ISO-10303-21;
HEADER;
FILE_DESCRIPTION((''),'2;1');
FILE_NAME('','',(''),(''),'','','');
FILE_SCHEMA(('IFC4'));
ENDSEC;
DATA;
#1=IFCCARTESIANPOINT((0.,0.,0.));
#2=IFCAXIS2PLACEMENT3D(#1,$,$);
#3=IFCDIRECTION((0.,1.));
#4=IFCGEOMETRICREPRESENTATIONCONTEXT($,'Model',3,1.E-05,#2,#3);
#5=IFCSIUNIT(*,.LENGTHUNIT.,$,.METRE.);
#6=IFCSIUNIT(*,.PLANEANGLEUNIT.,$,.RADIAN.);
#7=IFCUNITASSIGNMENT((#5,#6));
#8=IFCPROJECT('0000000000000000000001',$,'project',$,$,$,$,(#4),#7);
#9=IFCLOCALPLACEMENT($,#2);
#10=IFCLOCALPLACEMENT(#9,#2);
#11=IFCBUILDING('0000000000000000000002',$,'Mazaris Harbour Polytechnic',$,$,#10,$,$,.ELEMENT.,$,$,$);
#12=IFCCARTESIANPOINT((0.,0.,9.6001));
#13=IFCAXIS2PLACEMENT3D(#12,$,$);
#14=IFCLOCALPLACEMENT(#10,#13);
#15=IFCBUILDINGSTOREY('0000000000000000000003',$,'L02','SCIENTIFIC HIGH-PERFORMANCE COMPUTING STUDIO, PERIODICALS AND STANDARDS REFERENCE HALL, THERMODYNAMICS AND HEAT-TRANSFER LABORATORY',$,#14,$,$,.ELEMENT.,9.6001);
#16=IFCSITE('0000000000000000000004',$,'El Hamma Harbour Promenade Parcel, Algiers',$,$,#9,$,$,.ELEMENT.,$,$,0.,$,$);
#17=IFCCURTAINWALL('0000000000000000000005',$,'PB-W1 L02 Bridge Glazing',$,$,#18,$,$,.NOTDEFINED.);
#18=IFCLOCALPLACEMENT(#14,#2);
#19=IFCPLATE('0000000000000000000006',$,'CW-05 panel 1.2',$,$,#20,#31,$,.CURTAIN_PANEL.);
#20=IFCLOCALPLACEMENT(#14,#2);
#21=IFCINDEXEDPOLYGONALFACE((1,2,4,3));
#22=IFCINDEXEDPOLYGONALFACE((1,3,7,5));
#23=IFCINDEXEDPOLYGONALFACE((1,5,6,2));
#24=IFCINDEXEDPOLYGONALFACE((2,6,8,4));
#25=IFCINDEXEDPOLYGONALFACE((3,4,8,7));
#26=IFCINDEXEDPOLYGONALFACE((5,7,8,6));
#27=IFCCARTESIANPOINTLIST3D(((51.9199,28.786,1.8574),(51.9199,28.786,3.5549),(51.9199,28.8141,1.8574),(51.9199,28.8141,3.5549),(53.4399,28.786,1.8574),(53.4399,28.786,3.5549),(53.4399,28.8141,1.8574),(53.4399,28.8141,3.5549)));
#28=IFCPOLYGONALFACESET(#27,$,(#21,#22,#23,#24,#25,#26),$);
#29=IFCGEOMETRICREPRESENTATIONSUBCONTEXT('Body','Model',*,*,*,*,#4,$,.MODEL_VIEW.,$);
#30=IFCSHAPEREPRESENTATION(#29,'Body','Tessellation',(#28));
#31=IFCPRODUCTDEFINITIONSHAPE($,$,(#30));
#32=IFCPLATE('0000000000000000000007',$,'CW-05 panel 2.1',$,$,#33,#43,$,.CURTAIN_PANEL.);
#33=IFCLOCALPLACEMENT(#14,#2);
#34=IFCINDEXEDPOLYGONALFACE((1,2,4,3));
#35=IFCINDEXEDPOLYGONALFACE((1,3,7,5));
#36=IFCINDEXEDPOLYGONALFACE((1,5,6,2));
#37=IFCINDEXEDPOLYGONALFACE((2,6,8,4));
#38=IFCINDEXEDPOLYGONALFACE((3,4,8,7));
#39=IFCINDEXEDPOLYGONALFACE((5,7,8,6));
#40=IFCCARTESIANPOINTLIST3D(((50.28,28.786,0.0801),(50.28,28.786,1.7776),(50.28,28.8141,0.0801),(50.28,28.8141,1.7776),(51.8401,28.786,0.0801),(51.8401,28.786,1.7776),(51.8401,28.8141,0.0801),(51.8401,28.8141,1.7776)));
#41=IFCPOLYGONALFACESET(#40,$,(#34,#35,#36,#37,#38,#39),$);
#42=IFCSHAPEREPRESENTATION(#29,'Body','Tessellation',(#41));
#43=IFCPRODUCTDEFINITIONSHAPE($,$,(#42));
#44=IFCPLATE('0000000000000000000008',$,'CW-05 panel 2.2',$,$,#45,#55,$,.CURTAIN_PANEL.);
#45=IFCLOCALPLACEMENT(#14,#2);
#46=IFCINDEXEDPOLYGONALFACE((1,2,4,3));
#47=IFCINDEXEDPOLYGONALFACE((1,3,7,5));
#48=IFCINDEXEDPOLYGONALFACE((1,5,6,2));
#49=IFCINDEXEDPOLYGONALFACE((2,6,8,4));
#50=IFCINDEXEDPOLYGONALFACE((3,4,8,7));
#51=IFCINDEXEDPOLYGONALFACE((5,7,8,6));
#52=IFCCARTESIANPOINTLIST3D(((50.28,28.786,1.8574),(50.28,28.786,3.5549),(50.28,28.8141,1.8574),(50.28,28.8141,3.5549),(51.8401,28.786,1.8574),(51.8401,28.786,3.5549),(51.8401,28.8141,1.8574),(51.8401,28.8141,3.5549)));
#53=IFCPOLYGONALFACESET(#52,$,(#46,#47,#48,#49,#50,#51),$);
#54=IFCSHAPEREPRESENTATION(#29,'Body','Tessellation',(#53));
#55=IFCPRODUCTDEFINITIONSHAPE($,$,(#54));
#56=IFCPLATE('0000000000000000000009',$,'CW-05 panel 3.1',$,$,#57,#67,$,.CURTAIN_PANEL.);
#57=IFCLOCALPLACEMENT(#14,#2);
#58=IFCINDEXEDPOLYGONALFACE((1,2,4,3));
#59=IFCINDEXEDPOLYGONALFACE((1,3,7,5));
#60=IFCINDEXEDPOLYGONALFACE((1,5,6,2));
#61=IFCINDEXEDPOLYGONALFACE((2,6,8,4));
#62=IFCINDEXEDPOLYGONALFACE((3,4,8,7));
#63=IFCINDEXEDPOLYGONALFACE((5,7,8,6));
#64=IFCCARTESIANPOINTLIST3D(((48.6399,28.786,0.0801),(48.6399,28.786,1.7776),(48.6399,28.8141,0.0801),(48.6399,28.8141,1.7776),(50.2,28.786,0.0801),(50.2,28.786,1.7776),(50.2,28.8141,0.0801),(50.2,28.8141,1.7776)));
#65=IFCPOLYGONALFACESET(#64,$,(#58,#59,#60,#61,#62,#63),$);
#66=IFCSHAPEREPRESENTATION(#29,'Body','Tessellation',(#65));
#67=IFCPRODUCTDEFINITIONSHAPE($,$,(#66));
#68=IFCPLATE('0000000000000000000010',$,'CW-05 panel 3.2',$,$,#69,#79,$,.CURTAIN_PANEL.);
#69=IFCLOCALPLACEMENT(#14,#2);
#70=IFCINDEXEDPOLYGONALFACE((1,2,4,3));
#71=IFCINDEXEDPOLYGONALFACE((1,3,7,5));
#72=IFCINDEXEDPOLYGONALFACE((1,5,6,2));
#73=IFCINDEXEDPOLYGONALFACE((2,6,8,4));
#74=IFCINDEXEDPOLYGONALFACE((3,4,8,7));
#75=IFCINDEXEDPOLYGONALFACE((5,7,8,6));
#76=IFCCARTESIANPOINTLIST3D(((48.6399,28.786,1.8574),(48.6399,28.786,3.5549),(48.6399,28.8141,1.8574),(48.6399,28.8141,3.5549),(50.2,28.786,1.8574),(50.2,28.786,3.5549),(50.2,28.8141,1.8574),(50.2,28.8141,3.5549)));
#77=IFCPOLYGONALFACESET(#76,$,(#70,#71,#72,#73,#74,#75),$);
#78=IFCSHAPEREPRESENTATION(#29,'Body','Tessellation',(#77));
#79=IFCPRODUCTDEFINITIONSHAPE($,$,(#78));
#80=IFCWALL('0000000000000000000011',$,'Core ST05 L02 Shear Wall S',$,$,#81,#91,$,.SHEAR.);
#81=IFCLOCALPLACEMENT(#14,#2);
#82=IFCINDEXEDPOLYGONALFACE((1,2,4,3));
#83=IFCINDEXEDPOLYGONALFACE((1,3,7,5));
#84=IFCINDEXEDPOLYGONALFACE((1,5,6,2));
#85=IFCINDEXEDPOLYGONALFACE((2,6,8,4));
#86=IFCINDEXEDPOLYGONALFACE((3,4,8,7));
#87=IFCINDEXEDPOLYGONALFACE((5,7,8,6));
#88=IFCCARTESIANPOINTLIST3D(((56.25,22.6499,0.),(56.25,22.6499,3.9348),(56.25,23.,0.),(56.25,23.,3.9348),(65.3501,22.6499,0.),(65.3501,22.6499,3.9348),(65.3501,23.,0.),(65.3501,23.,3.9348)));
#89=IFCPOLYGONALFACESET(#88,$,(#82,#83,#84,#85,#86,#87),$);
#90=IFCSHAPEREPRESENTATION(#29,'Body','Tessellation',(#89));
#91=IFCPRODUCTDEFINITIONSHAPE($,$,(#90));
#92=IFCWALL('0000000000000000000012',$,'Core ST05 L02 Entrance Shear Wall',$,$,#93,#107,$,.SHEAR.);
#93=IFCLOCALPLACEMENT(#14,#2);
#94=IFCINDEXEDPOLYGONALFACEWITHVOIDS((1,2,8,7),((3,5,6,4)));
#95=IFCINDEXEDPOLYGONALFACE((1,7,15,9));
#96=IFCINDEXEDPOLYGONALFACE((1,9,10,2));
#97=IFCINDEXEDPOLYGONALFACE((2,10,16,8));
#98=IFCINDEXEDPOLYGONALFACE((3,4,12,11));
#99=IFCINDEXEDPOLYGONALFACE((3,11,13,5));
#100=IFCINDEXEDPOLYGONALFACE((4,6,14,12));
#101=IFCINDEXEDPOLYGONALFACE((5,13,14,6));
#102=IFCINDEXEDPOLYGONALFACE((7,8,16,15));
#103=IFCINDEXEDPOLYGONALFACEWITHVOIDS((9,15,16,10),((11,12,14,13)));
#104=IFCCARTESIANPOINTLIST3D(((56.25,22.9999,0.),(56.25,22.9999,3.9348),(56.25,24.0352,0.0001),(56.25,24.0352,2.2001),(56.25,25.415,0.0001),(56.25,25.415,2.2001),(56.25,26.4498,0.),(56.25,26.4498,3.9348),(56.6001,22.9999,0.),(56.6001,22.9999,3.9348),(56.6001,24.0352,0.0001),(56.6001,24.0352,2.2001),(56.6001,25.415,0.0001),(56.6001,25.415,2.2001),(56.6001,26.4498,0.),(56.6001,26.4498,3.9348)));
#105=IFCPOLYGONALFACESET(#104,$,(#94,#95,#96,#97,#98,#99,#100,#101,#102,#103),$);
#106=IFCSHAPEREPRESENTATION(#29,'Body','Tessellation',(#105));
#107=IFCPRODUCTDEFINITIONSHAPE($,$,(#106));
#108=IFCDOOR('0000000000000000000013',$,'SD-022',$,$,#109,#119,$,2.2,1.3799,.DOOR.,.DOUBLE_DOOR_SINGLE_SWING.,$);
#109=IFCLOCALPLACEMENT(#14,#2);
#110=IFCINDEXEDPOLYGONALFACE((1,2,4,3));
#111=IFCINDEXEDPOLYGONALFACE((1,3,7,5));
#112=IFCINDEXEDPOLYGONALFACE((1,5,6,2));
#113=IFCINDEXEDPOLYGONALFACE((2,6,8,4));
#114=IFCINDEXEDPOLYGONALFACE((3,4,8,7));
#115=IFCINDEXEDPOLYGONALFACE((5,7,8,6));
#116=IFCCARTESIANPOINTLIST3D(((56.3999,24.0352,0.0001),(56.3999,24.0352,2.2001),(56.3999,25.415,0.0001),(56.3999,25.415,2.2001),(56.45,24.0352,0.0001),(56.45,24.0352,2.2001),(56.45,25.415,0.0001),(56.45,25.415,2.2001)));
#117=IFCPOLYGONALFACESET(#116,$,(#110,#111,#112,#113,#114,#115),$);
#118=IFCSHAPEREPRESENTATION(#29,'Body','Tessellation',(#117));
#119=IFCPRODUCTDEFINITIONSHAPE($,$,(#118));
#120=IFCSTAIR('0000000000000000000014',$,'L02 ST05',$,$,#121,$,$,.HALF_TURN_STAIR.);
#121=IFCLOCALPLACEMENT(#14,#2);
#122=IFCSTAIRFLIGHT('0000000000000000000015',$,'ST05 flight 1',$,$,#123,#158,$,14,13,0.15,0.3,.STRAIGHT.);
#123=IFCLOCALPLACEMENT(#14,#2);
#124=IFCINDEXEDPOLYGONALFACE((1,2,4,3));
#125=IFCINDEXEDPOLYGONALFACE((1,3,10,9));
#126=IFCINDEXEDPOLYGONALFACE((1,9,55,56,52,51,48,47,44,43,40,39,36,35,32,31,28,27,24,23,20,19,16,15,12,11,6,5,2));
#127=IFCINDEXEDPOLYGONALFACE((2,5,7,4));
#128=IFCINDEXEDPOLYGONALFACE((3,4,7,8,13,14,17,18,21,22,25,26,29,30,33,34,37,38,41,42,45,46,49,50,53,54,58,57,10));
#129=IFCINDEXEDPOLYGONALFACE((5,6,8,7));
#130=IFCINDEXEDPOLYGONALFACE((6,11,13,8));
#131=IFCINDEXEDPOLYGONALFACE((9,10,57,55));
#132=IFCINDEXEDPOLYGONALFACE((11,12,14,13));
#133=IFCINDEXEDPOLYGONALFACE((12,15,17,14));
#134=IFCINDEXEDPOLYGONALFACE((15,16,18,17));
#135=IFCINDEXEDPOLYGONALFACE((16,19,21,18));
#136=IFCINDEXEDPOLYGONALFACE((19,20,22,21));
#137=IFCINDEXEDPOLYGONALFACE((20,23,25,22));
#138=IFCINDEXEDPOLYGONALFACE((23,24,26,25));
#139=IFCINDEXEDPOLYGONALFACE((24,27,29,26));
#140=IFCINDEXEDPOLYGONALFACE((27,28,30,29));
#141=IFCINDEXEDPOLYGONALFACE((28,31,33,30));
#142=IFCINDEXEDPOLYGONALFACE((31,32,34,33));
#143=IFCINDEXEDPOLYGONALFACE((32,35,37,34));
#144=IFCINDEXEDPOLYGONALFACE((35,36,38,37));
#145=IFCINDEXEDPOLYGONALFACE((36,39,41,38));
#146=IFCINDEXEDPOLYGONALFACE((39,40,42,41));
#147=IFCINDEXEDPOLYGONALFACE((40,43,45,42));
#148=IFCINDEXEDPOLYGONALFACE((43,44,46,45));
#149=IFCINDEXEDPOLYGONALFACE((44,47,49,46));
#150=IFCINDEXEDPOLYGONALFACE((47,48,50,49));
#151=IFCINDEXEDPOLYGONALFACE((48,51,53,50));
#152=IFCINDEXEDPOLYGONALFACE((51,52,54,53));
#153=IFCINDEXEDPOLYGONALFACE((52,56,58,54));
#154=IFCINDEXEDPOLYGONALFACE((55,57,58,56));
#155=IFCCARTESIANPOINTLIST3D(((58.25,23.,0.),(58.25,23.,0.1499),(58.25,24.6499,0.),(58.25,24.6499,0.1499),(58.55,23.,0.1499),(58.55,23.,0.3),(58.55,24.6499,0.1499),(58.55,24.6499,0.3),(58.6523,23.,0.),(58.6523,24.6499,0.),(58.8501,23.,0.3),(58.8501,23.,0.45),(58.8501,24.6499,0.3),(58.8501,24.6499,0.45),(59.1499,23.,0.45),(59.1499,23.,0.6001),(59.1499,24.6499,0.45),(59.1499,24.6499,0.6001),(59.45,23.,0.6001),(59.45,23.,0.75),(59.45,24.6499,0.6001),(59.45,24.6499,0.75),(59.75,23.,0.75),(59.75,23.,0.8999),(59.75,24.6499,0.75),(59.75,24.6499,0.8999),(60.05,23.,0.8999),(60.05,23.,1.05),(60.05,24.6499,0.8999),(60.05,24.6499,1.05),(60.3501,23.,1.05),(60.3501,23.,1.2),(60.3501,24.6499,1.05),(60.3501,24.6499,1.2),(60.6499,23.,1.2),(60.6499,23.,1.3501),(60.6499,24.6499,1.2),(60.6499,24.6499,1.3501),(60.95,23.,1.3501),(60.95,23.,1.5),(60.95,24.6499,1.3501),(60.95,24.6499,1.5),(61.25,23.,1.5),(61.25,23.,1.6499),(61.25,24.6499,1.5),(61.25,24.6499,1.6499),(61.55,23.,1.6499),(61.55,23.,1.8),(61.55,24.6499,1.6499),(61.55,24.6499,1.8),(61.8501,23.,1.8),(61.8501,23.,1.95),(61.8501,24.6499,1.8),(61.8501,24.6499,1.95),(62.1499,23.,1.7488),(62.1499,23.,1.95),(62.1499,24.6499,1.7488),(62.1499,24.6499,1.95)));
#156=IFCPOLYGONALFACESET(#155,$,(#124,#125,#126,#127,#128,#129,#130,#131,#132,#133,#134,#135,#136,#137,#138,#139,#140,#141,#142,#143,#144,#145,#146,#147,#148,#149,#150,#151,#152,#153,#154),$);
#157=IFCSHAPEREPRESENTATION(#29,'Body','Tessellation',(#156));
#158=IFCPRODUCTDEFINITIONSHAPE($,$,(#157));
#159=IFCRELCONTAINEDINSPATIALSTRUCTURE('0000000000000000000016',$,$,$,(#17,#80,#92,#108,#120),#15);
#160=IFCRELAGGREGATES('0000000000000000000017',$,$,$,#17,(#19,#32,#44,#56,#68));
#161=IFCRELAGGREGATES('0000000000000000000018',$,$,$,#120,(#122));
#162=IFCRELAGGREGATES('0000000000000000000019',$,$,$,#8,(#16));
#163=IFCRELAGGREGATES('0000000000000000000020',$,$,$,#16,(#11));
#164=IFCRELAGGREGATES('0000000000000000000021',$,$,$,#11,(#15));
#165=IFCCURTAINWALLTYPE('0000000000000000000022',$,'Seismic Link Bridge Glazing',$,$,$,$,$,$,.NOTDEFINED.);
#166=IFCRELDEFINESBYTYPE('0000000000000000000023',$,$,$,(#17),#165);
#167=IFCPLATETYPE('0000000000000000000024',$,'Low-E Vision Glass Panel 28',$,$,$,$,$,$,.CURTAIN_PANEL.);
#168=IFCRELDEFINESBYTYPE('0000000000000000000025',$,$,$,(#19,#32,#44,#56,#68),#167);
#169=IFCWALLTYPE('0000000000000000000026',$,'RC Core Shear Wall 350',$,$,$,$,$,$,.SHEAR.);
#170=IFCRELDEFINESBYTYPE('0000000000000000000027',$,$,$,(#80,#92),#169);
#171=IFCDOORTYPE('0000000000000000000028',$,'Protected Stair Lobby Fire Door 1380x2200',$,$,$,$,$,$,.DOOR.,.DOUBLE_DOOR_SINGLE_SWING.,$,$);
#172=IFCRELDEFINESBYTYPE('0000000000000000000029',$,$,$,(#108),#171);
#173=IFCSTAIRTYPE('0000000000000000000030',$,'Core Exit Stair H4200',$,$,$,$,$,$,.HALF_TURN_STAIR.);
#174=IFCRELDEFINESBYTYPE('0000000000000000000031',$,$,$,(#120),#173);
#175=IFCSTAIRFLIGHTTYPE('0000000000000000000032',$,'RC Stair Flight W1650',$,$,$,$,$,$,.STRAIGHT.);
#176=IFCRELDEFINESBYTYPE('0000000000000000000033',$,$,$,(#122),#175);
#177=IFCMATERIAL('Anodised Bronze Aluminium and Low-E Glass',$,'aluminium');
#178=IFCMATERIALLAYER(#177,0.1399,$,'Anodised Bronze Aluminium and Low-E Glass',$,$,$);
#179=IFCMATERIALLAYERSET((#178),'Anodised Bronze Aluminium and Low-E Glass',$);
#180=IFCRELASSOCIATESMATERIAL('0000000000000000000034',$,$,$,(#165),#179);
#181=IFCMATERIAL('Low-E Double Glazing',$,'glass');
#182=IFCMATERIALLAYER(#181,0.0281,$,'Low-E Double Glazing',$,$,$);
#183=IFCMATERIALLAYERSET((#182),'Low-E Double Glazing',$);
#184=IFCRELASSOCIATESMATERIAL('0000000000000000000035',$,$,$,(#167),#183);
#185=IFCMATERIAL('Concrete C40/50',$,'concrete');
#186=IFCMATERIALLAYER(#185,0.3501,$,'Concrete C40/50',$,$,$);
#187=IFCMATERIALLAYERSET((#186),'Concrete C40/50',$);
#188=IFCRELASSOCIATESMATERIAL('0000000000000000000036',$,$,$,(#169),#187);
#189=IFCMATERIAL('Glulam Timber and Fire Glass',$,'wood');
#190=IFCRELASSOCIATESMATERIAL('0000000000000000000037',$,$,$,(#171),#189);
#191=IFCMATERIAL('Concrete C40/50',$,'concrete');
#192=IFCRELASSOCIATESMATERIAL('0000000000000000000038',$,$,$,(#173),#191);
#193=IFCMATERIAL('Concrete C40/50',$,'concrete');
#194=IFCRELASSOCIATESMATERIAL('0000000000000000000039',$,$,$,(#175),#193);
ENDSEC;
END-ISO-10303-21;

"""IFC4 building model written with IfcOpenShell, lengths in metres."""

from ifc_helpers import new_model, si_unit, direction, frame, frame_2d, origin, origin_2d, place, context, subcontext, project, spatial, polyline, rectangle, outline, extrude, material, layer, layer_set, type_object, element, fill, aggregate, save


model = new_model("IFC4")

# Units and contexts
model_context = context("Model", 3, precision=1e-05, world=origin(), true_north=direction((0.0, 1.0)))
body_context = subcontext(model_context, "Body", "Model", "MODEL_VIEW")
ifc_project = project(units=[si_unit("LENGTHUNIT", "METRE"), si_unit("PLANEANGLEUNIT", "RADIAN")], contexts=[model_context])

# Site, building, storey
site_placement = place(None, origin())
site = spatial("IfcSite", under=ifc_project, at=site_placement, Name="El Hamma Harbour Promenade Parcel, Algiers", CompositionType="ELEMENT", RefElevation=0.0)
building_placement = place(site_placement, origin())
building = spatial("IfcBuilding", under=site, at=building_placement, Name="Mazaris Harbour Polytechnic", CompositionType="ELEMENT")
storey_placement = place(building_placement, frame((0.0, 0.0, 9.6001)))
storey = spatial("IfcBuildingStorey", under=building, at=storey_placement, Name="L02", Description="SCIENTIFIC HIGH-PERFORMANCE COMPUTING STUDIO, PERIODICALS AND STANDARDS REFERENCE HALL, THERMODYNAMICS AND HEAT-TRANSFER LABORATORY", CompositionType="ELEMENT", Elevation=9.6001)

# Curtain wall
ifc_material_1 = material(Name="Anodised Bronze Aluminium and Low-E Glass", Category="aluminium")
ifc_layer_1 = layer(ifc_material_1, 0.1399, Name="Anodised Bronze Aluminium and Low-E Glass")
ifc_layer_set_1 = layer_set([ifc_layer_1], Name="Anodised Bronze Aluminium and Low-E Glass")
curtain_wall_type = type_object("IfcCurtainWallType", Name="Seismic Link Bridge Glazing", PredefinedType="NOTDEFINED", material=ifc_layer_set_1)
curtain_wall_placement = place(storey_placement, origin())
curtain_wall = element("IfcCurtainWall", 1, at=curtain_wall_placement, inside=storey, type_object=curtain_wall_type, Name="PB-W1 L02 Bridge Glazing", PredefinedType="NOTDEFINED")

# Plates
ifc_material_2 = material(Name="Low-E Double Glazing", Category="glass")
ifc_layer_2 = layer(ifc_material_2, 0.0281, Name="Low-E Double Glazing")
ifc_layer_set_2 = layer_set([ifc_layer_2], Name="Low-E Double Glazing")
plate_type = type_object("IfcPlateType", Name="Low-E Vision Glass Panel 28", PredefinedType="CURTAIN_PANEL", material=ifc_layer_set_2)
plate_1_placement = place(storey_placement, frame((52.6799, 28.8, 1.8574), z_axis=(0.0, 0.0, 1.0), x_axis=(-1.0, 0.0, 0.0)))
plate_1 = element("IfcPlate", 2, at=plate_1_placement, type_object=plate_type, Name="CW-05 panel 1.2", PredefinedType="CURTAIN_PANEL", context=body_context, shape_type="SweptSolid", body=[
    extrude(rectangle(XDim=1.52, YDim=0.0281, at=origin_2d()), origin(), (0.0, 0.0, 1.0), 1.6975),
])
plate_2_placement = place(storey_placement, frame((51.0601, 28.8, 0.0801), z_axis=(0.0, 0.0, 1.0), x_axis=(-1.0, 0.0, 0.0)))
plate_2 = element("IfcPlate", 3, at=plate_2_placement, type_object=plate_type, Name="CW-05 panel 2.1", PredefinedType="CURTAIN_PANEL", context=body_context, shape_type="SweptSolid", body=[
    extrude(rectangle(XDim=1.5601, YDim=0.0281, at=origin_2d()), origin(), (0.0, 0.0, 1.0), 1.6975),
])
plate_3_placement = place(storey_placement, frame((51.0601, 28.8, 1.8574), z_axis=(0.0, 0.0, 1.0), x_axis=(-1.0, 0.0, 0.0)))
plate_3 = element("IfcPlate", 4, at=plate_3_placement, type_object=plate_type, Name="CW-05 panel 2.2", PredefinedType="CURTAIN_PANEL", context=body_context, shape_type="SweptSolid", body=[
    extrude(rectangle(XDim=1.5601, YDim=0.0281, at=origin_2d()), origin(), (0.0, 0.0, 1.0), 1.6975),
])
plate_4_placement = place(storey_placement, frame((49.4199, 28.8, 0.0801), z_axis=(0.0, 0.0, 1.0), x_axis=(-1.0, 0.0, 0.0)))
plate_4 = element("IfcPlate", 5, at=plate_4_placement, type_object=plate_type, Name="CW-05 panel 3.1", PredefinedType="CURTAIN_PANEL", context=body_context, shape_type="SweptSolid", body=[
    extrude(rectangle(XDim=1.5601, YDim=0.0281, at=origin_2d()), origin(), (0.0, 0.0, 1.0), 1.6975),
])
plate_5_placement = place(storey_placement, frame((49.4199, 28.8, 1.8574), z_axis=(0.0, 0.0, 1.0), x_axis=(-1.0, 0.0, 0.0)))
plate_5 = element("IfcPlate", 6, at=plate_5_placement, type_object=plate_type, Name="CW-05 panel 3.2", PredefinedType="CURTAIN_PANEL", context=body_context, shape_type="SweptSolid", body=[
    extrude(rectangle(XDim=1.5601, YDim=0.0281, at=origin_2d()), origin(), (0.0, 0.0, 1.0), 1.6975),
])
aggregate(curtain_wall, [plate_1, plate_2, plate_3, plate_4, plate_5])

# Wall
ifc_material_3 = material(Name="Concrete C40/50", Category="concrete")
ifc_layer_3 = layer(ifc_material_3, 0.3501, Name="Concrete C40/50")
ifc_layer_set_3 = layer_set([ifc_layer_3], Name="Concrete C40/50")
wall_type = type_object("IfcWallType", Name="RC Core Shear Wall 350", PredefinedType="SHEAR", material=ifc_layer_set_3)
wall_1_placement = place(storey_placement, frame((56.25, 22.825, 0.0), z_axis=(0.0, 0.0, 1.0), x_axis=(1.0, 0.0, 0.0)))
element("IfcWall", 7, at=wall_1_placement, inside=storey, type_object=wall_type, Name="Core ST05 L02 Shear Wall S", PredefinedType="SHEAR", context=body_context, shape_type="SweptSolid", body=[
    extrude(rectangle(XDim=9.1001, YDim=0.3501, at=frame_2d((4.55, 0.0))), origin(), (0.0, 0.0, 1.0), 3.9348),
])

# Wall, opening, door
wall_2_placement = place(storey_placement, frame((56.425, 26.45, 0.0), z_axis=(0.0, 0.0, 1.0), x_axis=(0.0, -1.0, 0.0)))
wall_2 = element("IfcWall", 8, at=wall_2_placement, inside=storey, type_object=wall_type, Name="Core ST05 L02 Entrance Shear Wall", PredefinedType="SHEAR", context=body_context, shape_type="SweptSolid", body=[
    extrude(rectangle(XDim=3.45, YDim=0.3501, at=frame_2d((1.7251, 0.0))), origin(), (0.0, 0.0, 1.0), 3.9348),
])
opening_placement = place(wall_2_placement, frame((1.0349, 0.0, 0.0)))
opening = element("IfcOpeningElement", 9, at=opening_placement, cuts=wall_2, PredefinedType="OPENING", context=body_context, shape_type="SweptSolid", body=[
    extrude(rectangle(XDim=1.3799, YDim=2.2, at=frame_2d((0.6899, 1.1001))), frame((0.0, 0.1851, 0.0), z_axis=(0.0, -1.0, 0.0), x_axis=(1.0, 0.0, 0.0)), (0.0, 0.0, 1.0), 0.3701),
])
ifc_material_4 = material(Name="Glulam Timber and Fire Glass", Category="wood")
door_type = type_object("IfcDoorType", Name="Protected Stair Lobby Fire Door 1380x2200", OperationType="DOUBLE_DOOR_SINGLE_SWING", PredefinedType="DOOR", material=ifc_material_4)
door_placement = place(opening_placement, origin())
door = element("IfcDoor", 10, at=door_placement, inside=storey, type_object=door_type, Name="SD-022", OperationType="DOUBLE_DOOR_SINGLE_SWING", OverallHeight=2.2, OverallWidth=1.3799, PredefinedType="DOOR", context=body_context, shape_type="SweptSolid", body=[
    extrude(rectangle(XDim=1.3799, YDim=2.2, at=frame_2d((0.6899, 1.1001))), frame((0.0, 0.0249, 0.0), z_axis=(0.0, -1.0, 0.0), x_axis=(1.0, 0.0, 0.0)), (0.0, 0.0, 1.0), 0.05),
])
fill(opening, door)

# Stair, stair flight
ifc_material_5 = material(Name="Concrete C40/50", Category="concrete")
stair_type = type_object("IfcStairType", Name="Core Exit Stair H4200", PredefinedType="HALF_TURN_STAIR", material=ifc_material_5)
stair_placement = place(storey_placement, origin())
stair = element("IfcStair", 11, at=stair_placement, inside=storey, type_object=stair_type, Name="L02 ST05", PredefinedType="HALF_TURN_STAIR")
ifc_material_6 = material(Name="Concrete C40/50", Category="concrete")
stair_flight_type = type_object("IfcStairFlightType", Name="RC Stair Flight W1650", PredefinedType="STRAIGHT", material=ifc_material_6)
stair_flight_1_placement = place(storey_placement, frame((58.25, 23.825, 0.0), z_axis=(0.0, 0.0, 1.0), x_axis=(1.0, 0.0, 0.0)))
stair_flight_1 = element("IfcStairFlight", 12, at=stair_flight_1_placement, type_object=stair_flight_type, Name="ST05 flight 1", NumberOfRisers=14, NumberOfTreads=13, PredefinedType="STRAIGHT", RiserHeight=0.15, TreadLength=0.3, context=body_context, shape_type="SweptSolid", body=[
    extrude(outline(polyline([(0.0, 0.0), (0.0, 0.1499), (0.3, 0.1499), (0.3, 0.3), (0.6001, 0.3), (0.6001, 0.45), (0.8999, 0.45), (0.8999, 0.6001), (1.2, 0.6001), (1.2, 0.75), (1.5, 0.75), (1.5, 0.8999), (1.8, 0.8999), (1.8, 1.05), (2.1001, 1.05), (2.1001, 1.2), (2.3999, 1.2), (2.3999, 1.3501), (2.7, 1.3501), (2.7, 1.5), (3.0, 1.5), (3.0, 1.6499), (3.3, 1.6499), (3.3, 1.8), (3.6001, 1.8), (3.6001, 1.95), (3.8999, 1.95), (3.8999, 2.1001), (3.8999, 1.7488), (0.4023, 0.0), (0.0, 0.0)])), frame((0.0, 0.825, 0.0), z_axis=(0.0, -1.0, 0.0), x_axis=(1.0, 0.0, 0.0)), (0.0, 0.0, 1.0), 1.6499),
])
aggregate(stair, [stair_flight_1])

save(model, "model.ifc")
